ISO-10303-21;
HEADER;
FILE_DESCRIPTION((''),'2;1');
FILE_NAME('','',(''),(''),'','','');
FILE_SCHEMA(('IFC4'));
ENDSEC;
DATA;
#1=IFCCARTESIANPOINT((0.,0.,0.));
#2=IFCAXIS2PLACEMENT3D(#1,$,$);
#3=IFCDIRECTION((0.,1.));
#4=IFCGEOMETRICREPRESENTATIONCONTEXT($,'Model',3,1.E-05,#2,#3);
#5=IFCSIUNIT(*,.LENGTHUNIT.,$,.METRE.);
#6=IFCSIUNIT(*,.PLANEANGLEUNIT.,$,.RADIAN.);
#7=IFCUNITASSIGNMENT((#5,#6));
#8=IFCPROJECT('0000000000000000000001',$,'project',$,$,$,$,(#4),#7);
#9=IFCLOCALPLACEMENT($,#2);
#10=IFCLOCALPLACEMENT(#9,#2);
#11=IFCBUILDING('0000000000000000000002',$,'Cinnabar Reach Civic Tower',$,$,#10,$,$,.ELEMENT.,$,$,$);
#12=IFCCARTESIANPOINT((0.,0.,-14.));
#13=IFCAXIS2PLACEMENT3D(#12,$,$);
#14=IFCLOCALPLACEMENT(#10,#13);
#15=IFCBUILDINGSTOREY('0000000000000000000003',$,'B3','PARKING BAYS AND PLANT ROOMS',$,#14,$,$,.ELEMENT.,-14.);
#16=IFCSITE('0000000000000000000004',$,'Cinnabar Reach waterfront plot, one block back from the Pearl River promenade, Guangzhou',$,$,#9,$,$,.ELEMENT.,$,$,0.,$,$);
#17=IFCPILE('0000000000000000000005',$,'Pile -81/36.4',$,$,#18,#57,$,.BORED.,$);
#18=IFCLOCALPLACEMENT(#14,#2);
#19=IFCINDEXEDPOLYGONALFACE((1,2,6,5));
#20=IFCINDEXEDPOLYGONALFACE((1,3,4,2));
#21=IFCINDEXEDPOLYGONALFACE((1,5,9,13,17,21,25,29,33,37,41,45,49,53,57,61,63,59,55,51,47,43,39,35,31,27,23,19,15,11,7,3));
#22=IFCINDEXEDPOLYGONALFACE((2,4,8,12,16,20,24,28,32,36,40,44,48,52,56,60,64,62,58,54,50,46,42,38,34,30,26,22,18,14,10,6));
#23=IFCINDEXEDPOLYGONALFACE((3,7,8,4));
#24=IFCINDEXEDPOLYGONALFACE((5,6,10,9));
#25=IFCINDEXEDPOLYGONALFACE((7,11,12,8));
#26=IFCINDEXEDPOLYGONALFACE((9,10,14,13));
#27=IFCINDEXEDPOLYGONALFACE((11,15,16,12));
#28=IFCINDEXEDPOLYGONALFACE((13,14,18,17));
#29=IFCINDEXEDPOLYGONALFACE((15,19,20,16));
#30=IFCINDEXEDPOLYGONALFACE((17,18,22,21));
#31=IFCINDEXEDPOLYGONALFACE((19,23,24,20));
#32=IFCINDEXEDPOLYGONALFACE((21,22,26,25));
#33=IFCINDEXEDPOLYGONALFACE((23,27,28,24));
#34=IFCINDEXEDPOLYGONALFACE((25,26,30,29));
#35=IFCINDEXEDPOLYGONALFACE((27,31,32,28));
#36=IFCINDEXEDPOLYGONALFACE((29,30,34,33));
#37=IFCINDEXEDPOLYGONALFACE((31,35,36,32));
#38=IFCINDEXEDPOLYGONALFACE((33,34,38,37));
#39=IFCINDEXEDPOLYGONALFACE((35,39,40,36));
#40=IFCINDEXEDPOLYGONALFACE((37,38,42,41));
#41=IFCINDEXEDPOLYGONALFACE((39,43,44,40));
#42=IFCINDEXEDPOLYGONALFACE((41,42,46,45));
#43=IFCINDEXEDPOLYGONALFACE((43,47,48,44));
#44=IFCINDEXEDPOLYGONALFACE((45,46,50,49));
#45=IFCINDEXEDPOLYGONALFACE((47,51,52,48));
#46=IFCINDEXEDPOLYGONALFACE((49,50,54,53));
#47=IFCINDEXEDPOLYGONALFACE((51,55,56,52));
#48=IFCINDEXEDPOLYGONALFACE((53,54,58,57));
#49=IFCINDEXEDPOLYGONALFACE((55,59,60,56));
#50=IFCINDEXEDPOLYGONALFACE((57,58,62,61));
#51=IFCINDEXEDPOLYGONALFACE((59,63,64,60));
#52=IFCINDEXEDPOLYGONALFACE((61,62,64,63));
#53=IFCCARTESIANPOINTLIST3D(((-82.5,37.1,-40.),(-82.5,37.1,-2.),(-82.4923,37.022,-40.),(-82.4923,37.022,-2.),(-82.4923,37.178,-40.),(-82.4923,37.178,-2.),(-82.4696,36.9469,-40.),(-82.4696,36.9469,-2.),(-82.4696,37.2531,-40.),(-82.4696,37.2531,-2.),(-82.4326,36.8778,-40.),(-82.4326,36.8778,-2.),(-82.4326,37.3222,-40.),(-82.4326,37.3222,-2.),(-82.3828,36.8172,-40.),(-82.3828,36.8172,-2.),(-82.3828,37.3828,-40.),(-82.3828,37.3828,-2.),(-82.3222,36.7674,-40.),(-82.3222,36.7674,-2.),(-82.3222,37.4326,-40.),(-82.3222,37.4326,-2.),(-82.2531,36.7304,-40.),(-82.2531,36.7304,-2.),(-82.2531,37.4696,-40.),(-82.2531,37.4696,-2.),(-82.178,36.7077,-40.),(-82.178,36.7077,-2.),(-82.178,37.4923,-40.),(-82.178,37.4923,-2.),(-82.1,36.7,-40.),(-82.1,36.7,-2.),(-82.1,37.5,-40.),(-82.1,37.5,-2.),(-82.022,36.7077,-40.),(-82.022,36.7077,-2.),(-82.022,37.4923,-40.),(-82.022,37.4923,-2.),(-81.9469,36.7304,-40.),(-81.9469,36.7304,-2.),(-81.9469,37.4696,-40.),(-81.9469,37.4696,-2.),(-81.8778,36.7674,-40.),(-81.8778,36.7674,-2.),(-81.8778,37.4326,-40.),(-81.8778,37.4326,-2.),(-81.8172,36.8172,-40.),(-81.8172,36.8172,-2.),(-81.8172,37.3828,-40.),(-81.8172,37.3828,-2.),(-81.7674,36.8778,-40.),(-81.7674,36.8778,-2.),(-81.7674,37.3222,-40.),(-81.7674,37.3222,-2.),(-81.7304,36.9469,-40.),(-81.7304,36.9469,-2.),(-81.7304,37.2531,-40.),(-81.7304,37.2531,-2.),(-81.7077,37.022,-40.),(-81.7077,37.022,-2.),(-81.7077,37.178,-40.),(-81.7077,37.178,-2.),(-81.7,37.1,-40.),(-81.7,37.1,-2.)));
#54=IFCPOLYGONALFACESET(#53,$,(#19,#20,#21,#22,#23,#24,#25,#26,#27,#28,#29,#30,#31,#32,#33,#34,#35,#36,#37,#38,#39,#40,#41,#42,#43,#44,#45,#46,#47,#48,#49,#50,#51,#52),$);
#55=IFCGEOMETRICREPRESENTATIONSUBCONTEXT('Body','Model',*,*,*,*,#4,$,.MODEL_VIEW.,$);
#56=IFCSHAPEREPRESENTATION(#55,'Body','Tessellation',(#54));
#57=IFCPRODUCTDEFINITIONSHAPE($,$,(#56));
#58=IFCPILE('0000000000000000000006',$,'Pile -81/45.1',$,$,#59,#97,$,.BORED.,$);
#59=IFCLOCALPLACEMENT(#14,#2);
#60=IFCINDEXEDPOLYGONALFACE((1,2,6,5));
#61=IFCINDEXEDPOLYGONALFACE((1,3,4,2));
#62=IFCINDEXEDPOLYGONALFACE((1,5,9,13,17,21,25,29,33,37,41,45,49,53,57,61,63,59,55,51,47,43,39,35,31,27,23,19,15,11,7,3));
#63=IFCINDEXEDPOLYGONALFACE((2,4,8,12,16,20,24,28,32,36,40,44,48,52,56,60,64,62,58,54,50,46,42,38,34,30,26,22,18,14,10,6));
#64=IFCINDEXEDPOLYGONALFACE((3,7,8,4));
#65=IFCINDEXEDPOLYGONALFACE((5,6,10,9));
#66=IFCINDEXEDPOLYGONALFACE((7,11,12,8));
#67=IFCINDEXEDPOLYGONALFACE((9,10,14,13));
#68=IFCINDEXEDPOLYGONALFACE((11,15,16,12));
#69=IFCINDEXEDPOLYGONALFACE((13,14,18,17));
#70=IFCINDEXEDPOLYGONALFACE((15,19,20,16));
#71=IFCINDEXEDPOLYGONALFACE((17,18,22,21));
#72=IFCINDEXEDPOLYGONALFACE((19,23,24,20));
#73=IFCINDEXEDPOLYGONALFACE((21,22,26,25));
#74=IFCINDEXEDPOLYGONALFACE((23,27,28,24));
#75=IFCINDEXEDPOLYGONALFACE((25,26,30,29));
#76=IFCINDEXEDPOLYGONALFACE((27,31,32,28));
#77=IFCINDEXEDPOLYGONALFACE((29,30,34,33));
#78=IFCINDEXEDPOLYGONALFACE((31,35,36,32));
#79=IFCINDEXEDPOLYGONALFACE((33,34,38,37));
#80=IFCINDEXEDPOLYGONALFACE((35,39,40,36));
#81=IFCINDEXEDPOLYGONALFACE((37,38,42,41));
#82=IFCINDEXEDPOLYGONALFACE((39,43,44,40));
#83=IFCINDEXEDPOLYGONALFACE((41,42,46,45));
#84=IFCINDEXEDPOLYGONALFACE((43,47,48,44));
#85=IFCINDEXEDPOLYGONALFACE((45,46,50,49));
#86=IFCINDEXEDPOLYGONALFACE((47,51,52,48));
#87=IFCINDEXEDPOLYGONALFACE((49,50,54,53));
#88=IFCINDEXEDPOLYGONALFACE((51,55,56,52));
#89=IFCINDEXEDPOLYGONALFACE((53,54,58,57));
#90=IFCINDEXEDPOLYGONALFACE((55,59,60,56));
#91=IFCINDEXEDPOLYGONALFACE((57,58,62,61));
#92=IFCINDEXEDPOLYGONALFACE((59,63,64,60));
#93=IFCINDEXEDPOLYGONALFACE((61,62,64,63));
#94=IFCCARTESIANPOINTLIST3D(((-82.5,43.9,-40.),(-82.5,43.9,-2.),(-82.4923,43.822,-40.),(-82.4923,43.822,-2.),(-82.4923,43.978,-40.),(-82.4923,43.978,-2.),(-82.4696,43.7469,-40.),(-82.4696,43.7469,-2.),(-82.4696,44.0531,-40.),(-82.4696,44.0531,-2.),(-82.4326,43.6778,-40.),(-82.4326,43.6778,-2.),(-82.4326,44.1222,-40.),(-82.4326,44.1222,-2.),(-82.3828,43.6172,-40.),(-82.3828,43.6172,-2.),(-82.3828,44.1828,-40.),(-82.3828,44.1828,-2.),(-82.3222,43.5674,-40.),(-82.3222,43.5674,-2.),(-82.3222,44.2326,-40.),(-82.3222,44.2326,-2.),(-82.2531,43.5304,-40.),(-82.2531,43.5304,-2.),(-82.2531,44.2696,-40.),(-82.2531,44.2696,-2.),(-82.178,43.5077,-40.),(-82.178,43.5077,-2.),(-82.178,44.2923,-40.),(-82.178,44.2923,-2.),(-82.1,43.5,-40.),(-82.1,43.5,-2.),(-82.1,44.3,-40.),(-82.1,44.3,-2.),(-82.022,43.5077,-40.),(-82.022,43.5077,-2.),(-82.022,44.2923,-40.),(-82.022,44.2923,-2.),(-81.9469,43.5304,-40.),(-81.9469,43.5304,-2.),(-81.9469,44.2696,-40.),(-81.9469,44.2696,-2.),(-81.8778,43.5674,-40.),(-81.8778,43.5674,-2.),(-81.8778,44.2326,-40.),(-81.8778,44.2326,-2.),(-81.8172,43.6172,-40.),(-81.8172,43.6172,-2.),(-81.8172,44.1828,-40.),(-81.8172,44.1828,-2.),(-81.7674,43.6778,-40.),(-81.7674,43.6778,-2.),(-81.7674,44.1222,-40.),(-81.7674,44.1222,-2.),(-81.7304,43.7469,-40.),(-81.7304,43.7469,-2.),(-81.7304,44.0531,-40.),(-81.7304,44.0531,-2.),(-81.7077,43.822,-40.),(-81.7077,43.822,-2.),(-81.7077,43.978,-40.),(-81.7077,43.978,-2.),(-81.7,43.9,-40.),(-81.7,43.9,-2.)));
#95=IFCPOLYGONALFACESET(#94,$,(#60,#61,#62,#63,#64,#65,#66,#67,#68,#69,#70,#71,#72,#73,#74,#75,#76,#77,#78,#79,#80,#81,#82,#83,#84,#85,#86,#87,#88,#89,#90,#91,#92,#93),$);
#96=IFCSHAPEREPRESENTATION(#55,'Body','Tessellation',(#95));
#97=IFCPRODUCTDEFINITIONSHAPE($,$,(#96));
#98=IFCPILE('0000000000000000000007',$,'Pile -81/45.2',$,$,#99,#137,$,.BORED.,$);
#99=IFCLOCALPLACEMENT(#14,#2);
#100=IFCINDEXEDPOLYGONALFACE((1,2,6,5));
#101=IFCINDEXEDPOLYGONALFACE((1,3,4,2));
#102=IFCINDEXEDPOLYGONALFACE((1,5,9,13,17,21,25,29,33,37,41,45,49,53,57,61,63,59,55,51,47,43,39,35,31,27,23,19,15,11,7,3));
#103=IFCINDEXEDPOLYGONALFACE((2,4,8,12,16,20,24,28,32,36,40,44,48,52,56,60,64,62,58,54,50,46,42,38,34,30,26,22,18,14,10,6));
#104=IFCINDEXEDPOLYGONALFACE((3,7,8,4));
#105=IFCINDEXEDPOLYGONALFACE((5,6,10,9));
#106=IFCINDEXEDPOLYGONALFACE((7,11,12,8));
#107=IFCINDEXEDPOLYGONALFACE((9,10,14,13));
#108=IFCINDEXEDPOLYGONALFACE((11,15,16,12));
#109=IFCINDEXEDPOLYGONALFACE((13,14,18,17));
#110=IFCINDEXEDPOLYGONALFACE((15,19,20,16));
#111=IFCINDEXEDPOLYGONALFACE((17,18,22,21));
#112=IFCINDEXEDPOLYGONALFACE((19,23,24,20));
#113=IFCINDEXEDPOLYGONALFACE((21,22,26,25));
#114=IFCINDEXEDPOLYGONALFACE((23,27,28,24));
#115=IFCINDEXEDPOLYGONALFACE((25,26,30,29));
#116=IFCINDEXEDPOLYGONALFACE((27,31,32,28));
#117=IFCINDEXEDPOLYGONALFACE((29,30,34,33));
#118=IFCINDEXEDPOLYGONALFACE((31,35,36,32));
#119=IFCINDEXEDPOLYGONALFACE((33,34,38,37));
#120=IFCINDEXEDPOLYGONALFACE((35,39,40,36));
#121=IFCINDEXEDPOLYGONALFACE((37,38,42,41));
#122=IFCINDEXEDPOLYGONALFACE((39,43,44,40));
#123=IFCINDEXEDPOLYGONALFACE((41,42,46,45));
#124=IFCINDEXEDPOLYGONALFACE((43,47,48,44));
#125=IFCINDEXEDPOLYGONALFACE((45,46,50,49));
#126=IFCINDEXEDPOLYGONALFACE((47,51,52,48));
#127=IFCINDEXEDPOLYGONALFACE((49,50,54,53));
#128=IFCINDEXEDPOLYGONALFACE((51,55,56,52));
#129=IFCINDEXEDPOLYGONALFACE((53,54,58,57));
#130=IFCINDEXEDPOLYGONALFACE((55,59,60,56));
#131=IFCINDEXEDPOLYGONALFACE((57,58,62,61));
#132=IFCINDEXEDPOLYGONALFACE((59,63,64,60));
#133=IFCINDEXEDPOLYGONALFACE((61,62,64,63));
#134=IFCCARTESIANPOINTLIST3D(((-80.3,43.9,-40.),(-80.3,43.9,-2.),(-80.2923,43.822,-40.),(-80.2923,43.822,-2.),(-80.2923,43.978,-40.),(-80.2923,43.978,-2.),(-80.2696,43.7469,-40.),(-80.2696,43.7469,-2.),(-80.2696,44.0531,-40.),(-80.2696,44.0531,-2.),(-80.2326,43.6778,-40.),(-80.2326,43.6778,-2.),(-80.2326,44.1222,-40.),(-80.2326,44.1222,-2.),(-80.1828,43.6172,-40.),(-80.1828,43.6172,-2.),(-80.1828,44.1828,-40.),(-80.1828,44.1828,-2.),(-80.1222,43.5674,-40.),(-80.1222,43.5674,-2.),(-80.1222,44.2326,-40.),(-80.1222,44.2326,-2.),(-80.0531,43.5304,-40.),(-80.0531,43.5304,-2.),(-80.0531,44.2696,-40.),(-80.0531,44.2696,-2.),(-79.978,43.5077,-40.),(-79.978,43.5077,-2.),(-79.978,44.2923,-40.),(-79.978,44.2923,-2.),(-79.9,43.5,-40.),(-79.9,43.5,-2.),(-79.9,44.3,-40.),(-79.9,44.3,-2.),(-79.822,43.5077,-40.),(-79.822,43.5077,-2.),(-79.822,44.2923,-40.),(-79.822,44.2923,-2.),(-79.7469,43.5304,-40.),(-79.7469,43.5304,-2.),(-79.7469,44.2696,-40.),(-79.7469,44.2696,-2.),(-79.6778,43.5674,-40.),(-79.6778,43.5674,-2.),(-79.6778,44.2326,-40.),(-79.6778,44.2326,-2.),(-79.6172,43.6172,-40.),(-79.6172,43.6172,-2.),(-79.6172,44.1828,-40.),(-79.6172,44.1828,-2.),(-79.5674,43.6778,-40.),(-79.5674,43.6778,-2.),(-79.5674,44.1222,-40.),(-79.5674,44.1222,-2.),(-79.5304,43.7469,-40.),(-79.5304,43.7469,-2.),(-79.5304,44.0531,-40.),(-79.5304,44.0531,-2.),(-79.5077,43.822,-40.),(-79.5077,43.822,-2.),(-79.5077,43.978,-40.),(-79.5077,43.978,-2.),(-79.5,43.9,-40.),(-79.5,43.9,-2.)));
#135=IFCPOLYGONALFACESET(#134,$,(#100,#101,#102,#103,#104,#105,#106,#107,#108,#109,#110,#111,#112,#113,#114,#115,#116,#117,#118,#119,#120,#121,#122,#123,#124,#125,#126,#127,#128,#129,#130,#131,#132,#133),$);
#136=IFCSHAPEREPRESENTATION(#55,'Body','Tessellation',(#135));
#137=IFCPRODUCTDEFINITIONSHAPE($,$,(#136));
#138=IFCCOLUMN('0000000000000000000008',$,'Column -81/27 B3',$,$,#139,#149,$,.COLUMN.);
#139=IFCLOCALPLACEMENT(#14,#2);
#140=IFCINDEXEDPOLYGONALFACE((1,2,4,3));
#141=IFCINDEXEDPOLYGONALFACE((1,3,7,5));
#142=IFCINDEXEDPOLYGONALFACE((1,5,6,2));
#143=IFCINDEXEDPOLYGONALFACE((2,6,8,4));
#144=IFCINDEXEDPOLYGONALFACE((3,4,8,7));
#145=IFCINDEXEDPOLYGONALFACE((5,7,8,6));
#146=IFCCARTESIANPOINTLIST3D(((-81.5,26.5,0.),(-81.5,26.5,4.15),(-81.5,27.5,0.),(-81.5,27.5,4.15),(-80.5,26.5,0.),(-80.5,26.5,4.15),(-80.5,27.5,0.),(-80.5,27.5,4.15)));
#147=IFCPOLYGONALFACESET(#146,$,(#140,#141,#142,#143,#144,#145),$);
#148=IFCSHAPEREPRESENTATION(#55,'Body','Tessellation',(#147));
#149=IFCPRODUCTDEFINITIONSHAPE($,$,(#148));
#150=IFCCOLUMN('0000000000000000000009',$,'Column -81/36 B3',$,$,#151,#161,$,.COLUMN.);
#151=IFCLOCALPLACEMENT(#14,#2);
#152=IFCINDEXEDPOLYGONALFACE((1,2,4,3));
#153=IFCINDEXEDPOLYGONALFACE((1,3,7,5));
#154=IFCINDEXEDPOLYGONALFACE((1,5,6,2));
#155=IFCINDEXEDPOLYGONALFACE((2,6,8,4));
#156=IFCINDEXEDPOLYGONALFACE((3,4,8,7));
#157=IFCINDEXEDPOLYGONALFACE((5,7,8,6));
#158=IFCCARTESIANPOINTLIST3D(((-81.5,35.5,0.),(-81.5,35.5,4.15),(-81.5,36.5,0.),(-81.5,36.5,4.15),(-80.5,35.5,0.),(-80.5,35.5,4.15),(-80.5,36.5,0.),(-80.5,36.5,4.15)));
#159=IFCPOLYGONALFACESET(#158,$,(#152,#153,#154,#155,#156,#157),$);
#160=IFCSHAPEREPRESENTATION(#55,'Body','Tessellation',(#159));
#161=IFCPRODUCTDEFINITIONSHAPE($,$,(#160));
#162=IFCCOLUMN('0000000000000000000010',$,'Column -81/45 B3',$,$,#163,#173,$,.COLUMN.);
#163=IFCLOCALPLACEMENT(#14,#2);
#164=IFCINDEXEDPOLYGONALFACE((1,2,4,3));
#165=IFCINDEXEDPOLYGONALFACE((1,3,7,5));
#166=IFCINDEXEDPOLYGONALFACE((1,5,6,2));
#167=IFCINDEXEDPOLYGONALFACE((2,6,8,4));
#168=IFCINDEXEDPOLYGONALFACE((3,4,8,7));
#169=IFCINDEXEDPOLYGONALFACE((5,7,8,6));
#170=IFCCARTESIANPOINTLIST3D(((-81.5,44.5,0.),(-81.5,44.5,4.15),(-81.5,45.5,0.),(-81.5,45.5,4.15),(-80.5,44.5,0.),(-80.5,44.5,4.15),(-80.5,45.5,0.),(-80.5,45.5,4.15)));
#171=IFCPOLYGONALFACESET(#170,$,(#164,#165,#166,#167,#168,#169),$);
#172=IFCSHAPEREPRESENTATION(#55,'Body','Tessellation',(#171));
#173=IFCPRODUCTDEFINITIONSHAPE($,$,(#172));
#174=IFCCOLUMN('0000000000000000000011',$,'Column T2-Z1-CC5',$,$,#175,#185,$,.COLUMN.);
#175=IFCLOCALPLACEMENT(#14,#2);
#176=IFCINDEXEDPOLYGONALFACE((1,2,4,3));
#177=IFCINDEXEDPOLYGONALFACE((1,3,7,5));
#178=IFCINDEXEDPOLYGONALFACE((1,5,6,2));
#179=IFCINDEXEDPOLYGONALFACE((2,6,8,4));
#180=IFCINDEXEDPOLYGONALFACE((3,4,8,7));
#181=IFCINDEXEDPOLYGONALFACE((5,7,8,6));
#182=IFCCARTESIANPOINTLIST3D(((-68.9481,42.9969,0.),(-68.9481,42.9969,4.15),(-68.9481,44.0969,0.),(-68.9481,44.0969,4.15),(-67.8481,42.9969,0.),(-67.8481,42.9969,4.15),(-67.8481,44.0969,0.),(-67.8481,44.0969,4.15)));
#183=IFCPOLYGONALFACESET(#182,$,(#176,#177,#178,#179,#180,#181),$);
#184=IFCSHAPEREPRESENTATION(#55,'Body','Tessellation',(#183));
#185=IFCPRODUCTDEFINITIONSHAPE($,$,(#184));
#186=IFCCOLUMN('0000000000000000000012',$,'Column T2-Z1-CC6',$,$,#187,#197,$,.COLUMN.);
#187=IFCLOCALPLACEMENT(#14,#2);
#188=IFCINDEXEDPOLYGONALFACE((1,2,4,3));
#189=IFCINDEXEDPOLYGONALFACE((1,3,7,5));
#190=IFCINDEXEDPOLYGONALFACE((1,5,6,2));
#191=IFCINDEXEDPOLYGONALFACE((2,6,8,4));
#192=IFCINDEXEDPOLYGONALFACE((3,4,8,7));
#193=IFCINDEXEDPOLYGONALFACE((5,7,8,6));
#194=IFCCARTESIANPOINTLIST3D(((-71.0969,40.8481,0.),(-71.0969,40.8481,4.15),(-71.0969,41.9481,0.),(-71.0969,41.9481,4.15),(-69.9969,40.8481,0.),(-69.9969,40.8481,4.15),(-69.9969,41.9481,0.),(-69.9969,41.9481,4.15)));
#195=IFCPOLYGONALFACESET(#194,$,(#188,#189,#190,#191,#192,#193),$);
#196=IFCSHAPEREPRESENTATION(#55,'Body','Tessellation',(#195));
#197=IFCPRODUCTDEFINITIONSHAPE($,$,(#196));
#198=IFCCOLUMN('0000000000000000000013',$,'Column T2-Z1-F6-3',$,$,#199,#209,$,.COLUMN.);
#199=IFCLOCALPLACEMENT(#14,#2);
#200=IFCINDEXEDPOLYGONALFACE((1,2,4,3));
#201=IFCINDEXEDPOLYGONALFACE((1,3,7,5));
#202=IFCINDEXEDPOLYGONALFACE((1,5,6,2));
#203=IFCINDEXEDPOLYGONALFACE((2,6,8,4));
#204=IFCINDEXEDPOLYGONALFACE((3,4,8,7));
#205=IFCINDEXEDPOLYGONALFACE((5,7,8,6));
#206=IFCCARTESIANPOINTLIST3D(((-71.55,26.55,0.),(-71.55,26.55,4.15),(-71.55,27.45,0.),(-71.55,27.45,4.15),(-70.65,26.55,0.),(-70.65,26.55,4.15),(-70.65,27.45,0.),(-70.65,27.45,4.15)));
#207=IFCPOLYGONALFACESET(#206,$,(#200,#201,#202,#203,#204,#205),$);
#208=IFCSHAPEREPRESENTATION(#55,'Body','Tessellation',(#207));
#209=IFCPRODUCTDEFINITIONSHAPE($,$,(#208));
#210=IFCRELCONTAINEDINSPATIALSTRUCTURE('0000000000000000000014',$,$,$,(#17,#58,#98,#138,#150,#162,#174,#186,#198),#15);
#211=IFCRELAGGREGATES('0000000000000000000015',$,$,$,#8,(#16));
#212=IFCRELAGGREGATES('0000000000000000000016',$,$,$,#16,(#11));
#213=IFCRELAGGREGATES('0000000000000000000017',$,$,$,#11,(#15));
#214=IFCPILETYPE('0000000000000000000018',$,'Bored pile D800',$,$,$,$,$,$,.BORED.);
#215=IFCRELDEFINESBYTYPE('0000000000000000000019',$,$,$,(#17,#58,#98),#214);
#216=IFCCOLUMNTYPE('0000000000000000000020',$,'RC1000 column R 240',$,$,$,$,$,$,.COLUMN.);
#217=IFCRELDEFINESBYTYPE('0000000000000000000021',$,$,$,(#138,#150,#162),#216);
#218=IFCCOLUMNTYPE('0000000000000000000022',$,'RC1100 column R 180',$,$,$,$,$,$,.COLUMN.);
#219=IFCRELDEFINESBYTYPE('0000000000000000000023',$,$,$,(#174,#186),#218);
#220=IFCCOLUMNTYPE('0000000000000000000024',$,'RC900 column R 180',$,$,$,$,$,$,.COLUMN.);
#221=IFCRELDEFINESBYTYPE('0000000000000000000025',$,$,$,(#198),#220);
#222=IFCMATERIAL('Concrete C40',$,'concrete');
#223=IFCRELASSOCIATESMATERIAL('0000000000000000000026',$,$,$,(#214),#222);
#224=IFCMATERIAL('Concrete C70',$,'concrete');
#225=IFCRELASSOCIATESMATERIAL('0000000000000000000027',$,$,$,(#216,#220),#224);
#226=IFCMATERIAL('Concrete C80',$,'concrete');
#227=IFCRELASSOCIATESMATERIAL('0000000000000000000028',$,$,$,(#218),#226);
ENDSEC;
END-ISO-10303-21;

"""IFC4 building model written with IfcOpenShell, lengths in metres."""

from ifc_helpers import new_model, si_unit, direction, frame, origin, origin_2d, place, context, subcontext, project, spatial, rectangle, circle, extrude, material, material_profile, profile_set, type_object, element, save


model = new_model("IFC4")

# Units and contexts
model_context = context("Model", 3, precision=1e-05, world=origin(), true_north=direction((0.0, 1.0)))
body_context = subcontext(model_context, "Body", "Model", "MODEL_VIEW")
ifc_project = project(units=[si_unit("LENGTHUNIT", "METRE"), si_unit("PLANEANGLEUNIT", "RADIAN")], contexts=[model_context])

# Site, building, storey
site_placement = place(None, origin())
site = spatial("IfcSite", under=ifc_project, at=site_placement, Name="Cinnabar Reach waterfront plot, one block back from the Pearl River promenade, Guangzhou", CompositionType="ELEMENT", RefElevation=0.0)
building_placement = place(site_placement, origin())
building = spatial("IfcBuilding", under=site, at=building_placement, Name="Cinnabar Reach Civic Tower", CompositionType="ELEMENT")
storey_placement = place(building_placement, frame((0.0, 0.0, -14.0)))
storey = spatial("IfcBuildingStorey", under=building, at=storey_placement, Name="B3", Description="PARKING BAYS AND PLANT ROOMS", CompositionType="ELEMENT", Elevation=-14.0)

# Piles
ifc_material_1 = material(Name="Concrete C40", Category="concrete")
pile_type = type_object("IfcPileType", Name="Bored pile D800", PredefinedType="BORED", material=ifc_material_1)
for number, where, z_axis, x_axis, name in (
    (1, (-82.1, 37.1, -2.0), (0.0, 0.0, -1.0), (1.0, 0.0, 0.0), "Pile -81/36.4"),
    (2, (-82.1, 43.9, -2.0), (0.0, 0.0, -1.0), (1.0, 0.0, 0.0), "Pile -81/45.1"),
    (3, (-79.9, 43.9, -2.0), (0.0, 0.0, -1.0), (1.0, 0.0, 0.0), "Pile -81/45.2"),
):
    element("IfcPile", number, at=place(storey_placement, frame(where, z_axis=z_axis, x_axis=x_axis)), inside=storey, type_object=pile_type, Name=name, PredefinedType="BORED", context=body_context, shape_type="SweptSolid", body=[
        extrude(circle(Radius=0.4, at=origin_2d()), origin(), (0.0, 0.0, 1.0), 38.0),
    ])

# Columns
ifc_material_2 = material(Name="Concrete C70", Category="concrete")
ifc_material_profile_1 = material_profile(ifc_material_2, rectangle(XDim=1.0, YDim=1.0, at=origin_2d()), Name="RC1000")
ifc_profile_set_1 = profile_set([ifc_material_profile_1], Name="Concrete C70")
column_type_1 = type_object("IfcColumnType", Name="RC1000 column R 240", PredefinedType="COLUMN", material=ifc_profile_set_1)
for number, where, z_axis, x_axis, name in (
    (4, (-81.0, 27.0, 0.0), (0.0, 0.0, 1.0), (1.0, 0.0, 0.0), "Column -81/27 B3"),
    (5, (-81.0, 36.0, 0.0), (0.0, 0.0, 1.0), (1.0, 0.0, 0.0), "Column -81/36 B3"),
    (6, (-81.0, 45.0, 0.0), (0.0, 0.0, 1.0), (1.0, 0.0, 0.0), "Column -81/45 B3"),
):
    element("IfcColumn", number, at=place(storey_placement, frame(where, z_axis=z_axis, x_axis=x_axis)), inside=storey, type_object=column_type_1, Name=name, PredefinedType="COLUMN", context=body_context, shape_type="SweptSolid", body=[
        extrude(rectangle(XDim=1.0, YDim=1.0, at=origin_2d()), origin(), (0.0, 0.0, 1.0), 4.15),
    ])
ifc_material_3 = material(Name="Concrete C80", Category="concrete")
ifc_material_profile_2 = material_profile(ifc_material_3, rectangle(XDim=1.1, YDim=1.1, at=origin_2d()), Name="RC1100")
ifc_profile_set_2 = profile_set([ifc_material_profile_2], Name="Concrete C80")
column_type_2 = type_object("IfcColumnType", Name="RC1100 column R 180", PredefinedType="COLUMN", material=ifc_profile_set_2)
for number, where, z_axis, x_axis, name in (
    (7, (-68.3981, 43.5469, 0.0), (0.0, 0.0, 1.0), (1.0, 0.0, 0.0), "Column T2-Z1-CC5"),
    (8, (-70.5469, 41.3981, 0.0), (0.0, 0.0, 1.0), (1.0, 0.0, 0.0), "Column T2-Z1-CC6"),
):
    element("IfcColumn", number, at=place(storey_placement, frame(where, z_axis=z_axis, x_axis=x_axis)), inside=storey, type_object=column_type_2, Name=name, PredefinedType="COLUMN", context=body_context, shape_type="SweptSolid", body=[
        extrude(rectangle(XDim=1.1, YDim=1.1, at=origin_2d()), origin(), (0.0, 0.0, 1.0), 4.15),
    ])
ifc_material_profile_3 = material_profile(ifc_material_2, rectangle(XDim=0.9, YDim=0.9, at=origin_2d()), Name="RC900")
ifc_profile_set_3 = profile_set([ifc_material_profile_3], Name="Concrete C70")
column_type_3 = type_object("IfcColumnType", Name="RC900 column R 180", PredefinedType="COLUMN", material=ifc_profile_set_3)
for number, where, z_axis, x_axis, name in (
    (9, (-71.1, 27.0, 0.0), (0.0, 0.0, 1.0), (1.0, 0.0, 0.0), "Column T2-Z1-F6-3"),
):
    element("IfcColumn", number, at=place(storey_placement, frame(where, z_axis=z_axis, x_axis=x_axis)), inside=storey, type_object=column_type_3, Name=name, PredefinedType="COLUMN", context=body_context, shape_type="SweptSolid", body=[
        extrude(rectangle(XDim=0.9, YDim=0.9, at=origin_2d()), origin(), (0.0, 0.0, 1.0), 4.15),
    ])

save(model, "model.ifc")
